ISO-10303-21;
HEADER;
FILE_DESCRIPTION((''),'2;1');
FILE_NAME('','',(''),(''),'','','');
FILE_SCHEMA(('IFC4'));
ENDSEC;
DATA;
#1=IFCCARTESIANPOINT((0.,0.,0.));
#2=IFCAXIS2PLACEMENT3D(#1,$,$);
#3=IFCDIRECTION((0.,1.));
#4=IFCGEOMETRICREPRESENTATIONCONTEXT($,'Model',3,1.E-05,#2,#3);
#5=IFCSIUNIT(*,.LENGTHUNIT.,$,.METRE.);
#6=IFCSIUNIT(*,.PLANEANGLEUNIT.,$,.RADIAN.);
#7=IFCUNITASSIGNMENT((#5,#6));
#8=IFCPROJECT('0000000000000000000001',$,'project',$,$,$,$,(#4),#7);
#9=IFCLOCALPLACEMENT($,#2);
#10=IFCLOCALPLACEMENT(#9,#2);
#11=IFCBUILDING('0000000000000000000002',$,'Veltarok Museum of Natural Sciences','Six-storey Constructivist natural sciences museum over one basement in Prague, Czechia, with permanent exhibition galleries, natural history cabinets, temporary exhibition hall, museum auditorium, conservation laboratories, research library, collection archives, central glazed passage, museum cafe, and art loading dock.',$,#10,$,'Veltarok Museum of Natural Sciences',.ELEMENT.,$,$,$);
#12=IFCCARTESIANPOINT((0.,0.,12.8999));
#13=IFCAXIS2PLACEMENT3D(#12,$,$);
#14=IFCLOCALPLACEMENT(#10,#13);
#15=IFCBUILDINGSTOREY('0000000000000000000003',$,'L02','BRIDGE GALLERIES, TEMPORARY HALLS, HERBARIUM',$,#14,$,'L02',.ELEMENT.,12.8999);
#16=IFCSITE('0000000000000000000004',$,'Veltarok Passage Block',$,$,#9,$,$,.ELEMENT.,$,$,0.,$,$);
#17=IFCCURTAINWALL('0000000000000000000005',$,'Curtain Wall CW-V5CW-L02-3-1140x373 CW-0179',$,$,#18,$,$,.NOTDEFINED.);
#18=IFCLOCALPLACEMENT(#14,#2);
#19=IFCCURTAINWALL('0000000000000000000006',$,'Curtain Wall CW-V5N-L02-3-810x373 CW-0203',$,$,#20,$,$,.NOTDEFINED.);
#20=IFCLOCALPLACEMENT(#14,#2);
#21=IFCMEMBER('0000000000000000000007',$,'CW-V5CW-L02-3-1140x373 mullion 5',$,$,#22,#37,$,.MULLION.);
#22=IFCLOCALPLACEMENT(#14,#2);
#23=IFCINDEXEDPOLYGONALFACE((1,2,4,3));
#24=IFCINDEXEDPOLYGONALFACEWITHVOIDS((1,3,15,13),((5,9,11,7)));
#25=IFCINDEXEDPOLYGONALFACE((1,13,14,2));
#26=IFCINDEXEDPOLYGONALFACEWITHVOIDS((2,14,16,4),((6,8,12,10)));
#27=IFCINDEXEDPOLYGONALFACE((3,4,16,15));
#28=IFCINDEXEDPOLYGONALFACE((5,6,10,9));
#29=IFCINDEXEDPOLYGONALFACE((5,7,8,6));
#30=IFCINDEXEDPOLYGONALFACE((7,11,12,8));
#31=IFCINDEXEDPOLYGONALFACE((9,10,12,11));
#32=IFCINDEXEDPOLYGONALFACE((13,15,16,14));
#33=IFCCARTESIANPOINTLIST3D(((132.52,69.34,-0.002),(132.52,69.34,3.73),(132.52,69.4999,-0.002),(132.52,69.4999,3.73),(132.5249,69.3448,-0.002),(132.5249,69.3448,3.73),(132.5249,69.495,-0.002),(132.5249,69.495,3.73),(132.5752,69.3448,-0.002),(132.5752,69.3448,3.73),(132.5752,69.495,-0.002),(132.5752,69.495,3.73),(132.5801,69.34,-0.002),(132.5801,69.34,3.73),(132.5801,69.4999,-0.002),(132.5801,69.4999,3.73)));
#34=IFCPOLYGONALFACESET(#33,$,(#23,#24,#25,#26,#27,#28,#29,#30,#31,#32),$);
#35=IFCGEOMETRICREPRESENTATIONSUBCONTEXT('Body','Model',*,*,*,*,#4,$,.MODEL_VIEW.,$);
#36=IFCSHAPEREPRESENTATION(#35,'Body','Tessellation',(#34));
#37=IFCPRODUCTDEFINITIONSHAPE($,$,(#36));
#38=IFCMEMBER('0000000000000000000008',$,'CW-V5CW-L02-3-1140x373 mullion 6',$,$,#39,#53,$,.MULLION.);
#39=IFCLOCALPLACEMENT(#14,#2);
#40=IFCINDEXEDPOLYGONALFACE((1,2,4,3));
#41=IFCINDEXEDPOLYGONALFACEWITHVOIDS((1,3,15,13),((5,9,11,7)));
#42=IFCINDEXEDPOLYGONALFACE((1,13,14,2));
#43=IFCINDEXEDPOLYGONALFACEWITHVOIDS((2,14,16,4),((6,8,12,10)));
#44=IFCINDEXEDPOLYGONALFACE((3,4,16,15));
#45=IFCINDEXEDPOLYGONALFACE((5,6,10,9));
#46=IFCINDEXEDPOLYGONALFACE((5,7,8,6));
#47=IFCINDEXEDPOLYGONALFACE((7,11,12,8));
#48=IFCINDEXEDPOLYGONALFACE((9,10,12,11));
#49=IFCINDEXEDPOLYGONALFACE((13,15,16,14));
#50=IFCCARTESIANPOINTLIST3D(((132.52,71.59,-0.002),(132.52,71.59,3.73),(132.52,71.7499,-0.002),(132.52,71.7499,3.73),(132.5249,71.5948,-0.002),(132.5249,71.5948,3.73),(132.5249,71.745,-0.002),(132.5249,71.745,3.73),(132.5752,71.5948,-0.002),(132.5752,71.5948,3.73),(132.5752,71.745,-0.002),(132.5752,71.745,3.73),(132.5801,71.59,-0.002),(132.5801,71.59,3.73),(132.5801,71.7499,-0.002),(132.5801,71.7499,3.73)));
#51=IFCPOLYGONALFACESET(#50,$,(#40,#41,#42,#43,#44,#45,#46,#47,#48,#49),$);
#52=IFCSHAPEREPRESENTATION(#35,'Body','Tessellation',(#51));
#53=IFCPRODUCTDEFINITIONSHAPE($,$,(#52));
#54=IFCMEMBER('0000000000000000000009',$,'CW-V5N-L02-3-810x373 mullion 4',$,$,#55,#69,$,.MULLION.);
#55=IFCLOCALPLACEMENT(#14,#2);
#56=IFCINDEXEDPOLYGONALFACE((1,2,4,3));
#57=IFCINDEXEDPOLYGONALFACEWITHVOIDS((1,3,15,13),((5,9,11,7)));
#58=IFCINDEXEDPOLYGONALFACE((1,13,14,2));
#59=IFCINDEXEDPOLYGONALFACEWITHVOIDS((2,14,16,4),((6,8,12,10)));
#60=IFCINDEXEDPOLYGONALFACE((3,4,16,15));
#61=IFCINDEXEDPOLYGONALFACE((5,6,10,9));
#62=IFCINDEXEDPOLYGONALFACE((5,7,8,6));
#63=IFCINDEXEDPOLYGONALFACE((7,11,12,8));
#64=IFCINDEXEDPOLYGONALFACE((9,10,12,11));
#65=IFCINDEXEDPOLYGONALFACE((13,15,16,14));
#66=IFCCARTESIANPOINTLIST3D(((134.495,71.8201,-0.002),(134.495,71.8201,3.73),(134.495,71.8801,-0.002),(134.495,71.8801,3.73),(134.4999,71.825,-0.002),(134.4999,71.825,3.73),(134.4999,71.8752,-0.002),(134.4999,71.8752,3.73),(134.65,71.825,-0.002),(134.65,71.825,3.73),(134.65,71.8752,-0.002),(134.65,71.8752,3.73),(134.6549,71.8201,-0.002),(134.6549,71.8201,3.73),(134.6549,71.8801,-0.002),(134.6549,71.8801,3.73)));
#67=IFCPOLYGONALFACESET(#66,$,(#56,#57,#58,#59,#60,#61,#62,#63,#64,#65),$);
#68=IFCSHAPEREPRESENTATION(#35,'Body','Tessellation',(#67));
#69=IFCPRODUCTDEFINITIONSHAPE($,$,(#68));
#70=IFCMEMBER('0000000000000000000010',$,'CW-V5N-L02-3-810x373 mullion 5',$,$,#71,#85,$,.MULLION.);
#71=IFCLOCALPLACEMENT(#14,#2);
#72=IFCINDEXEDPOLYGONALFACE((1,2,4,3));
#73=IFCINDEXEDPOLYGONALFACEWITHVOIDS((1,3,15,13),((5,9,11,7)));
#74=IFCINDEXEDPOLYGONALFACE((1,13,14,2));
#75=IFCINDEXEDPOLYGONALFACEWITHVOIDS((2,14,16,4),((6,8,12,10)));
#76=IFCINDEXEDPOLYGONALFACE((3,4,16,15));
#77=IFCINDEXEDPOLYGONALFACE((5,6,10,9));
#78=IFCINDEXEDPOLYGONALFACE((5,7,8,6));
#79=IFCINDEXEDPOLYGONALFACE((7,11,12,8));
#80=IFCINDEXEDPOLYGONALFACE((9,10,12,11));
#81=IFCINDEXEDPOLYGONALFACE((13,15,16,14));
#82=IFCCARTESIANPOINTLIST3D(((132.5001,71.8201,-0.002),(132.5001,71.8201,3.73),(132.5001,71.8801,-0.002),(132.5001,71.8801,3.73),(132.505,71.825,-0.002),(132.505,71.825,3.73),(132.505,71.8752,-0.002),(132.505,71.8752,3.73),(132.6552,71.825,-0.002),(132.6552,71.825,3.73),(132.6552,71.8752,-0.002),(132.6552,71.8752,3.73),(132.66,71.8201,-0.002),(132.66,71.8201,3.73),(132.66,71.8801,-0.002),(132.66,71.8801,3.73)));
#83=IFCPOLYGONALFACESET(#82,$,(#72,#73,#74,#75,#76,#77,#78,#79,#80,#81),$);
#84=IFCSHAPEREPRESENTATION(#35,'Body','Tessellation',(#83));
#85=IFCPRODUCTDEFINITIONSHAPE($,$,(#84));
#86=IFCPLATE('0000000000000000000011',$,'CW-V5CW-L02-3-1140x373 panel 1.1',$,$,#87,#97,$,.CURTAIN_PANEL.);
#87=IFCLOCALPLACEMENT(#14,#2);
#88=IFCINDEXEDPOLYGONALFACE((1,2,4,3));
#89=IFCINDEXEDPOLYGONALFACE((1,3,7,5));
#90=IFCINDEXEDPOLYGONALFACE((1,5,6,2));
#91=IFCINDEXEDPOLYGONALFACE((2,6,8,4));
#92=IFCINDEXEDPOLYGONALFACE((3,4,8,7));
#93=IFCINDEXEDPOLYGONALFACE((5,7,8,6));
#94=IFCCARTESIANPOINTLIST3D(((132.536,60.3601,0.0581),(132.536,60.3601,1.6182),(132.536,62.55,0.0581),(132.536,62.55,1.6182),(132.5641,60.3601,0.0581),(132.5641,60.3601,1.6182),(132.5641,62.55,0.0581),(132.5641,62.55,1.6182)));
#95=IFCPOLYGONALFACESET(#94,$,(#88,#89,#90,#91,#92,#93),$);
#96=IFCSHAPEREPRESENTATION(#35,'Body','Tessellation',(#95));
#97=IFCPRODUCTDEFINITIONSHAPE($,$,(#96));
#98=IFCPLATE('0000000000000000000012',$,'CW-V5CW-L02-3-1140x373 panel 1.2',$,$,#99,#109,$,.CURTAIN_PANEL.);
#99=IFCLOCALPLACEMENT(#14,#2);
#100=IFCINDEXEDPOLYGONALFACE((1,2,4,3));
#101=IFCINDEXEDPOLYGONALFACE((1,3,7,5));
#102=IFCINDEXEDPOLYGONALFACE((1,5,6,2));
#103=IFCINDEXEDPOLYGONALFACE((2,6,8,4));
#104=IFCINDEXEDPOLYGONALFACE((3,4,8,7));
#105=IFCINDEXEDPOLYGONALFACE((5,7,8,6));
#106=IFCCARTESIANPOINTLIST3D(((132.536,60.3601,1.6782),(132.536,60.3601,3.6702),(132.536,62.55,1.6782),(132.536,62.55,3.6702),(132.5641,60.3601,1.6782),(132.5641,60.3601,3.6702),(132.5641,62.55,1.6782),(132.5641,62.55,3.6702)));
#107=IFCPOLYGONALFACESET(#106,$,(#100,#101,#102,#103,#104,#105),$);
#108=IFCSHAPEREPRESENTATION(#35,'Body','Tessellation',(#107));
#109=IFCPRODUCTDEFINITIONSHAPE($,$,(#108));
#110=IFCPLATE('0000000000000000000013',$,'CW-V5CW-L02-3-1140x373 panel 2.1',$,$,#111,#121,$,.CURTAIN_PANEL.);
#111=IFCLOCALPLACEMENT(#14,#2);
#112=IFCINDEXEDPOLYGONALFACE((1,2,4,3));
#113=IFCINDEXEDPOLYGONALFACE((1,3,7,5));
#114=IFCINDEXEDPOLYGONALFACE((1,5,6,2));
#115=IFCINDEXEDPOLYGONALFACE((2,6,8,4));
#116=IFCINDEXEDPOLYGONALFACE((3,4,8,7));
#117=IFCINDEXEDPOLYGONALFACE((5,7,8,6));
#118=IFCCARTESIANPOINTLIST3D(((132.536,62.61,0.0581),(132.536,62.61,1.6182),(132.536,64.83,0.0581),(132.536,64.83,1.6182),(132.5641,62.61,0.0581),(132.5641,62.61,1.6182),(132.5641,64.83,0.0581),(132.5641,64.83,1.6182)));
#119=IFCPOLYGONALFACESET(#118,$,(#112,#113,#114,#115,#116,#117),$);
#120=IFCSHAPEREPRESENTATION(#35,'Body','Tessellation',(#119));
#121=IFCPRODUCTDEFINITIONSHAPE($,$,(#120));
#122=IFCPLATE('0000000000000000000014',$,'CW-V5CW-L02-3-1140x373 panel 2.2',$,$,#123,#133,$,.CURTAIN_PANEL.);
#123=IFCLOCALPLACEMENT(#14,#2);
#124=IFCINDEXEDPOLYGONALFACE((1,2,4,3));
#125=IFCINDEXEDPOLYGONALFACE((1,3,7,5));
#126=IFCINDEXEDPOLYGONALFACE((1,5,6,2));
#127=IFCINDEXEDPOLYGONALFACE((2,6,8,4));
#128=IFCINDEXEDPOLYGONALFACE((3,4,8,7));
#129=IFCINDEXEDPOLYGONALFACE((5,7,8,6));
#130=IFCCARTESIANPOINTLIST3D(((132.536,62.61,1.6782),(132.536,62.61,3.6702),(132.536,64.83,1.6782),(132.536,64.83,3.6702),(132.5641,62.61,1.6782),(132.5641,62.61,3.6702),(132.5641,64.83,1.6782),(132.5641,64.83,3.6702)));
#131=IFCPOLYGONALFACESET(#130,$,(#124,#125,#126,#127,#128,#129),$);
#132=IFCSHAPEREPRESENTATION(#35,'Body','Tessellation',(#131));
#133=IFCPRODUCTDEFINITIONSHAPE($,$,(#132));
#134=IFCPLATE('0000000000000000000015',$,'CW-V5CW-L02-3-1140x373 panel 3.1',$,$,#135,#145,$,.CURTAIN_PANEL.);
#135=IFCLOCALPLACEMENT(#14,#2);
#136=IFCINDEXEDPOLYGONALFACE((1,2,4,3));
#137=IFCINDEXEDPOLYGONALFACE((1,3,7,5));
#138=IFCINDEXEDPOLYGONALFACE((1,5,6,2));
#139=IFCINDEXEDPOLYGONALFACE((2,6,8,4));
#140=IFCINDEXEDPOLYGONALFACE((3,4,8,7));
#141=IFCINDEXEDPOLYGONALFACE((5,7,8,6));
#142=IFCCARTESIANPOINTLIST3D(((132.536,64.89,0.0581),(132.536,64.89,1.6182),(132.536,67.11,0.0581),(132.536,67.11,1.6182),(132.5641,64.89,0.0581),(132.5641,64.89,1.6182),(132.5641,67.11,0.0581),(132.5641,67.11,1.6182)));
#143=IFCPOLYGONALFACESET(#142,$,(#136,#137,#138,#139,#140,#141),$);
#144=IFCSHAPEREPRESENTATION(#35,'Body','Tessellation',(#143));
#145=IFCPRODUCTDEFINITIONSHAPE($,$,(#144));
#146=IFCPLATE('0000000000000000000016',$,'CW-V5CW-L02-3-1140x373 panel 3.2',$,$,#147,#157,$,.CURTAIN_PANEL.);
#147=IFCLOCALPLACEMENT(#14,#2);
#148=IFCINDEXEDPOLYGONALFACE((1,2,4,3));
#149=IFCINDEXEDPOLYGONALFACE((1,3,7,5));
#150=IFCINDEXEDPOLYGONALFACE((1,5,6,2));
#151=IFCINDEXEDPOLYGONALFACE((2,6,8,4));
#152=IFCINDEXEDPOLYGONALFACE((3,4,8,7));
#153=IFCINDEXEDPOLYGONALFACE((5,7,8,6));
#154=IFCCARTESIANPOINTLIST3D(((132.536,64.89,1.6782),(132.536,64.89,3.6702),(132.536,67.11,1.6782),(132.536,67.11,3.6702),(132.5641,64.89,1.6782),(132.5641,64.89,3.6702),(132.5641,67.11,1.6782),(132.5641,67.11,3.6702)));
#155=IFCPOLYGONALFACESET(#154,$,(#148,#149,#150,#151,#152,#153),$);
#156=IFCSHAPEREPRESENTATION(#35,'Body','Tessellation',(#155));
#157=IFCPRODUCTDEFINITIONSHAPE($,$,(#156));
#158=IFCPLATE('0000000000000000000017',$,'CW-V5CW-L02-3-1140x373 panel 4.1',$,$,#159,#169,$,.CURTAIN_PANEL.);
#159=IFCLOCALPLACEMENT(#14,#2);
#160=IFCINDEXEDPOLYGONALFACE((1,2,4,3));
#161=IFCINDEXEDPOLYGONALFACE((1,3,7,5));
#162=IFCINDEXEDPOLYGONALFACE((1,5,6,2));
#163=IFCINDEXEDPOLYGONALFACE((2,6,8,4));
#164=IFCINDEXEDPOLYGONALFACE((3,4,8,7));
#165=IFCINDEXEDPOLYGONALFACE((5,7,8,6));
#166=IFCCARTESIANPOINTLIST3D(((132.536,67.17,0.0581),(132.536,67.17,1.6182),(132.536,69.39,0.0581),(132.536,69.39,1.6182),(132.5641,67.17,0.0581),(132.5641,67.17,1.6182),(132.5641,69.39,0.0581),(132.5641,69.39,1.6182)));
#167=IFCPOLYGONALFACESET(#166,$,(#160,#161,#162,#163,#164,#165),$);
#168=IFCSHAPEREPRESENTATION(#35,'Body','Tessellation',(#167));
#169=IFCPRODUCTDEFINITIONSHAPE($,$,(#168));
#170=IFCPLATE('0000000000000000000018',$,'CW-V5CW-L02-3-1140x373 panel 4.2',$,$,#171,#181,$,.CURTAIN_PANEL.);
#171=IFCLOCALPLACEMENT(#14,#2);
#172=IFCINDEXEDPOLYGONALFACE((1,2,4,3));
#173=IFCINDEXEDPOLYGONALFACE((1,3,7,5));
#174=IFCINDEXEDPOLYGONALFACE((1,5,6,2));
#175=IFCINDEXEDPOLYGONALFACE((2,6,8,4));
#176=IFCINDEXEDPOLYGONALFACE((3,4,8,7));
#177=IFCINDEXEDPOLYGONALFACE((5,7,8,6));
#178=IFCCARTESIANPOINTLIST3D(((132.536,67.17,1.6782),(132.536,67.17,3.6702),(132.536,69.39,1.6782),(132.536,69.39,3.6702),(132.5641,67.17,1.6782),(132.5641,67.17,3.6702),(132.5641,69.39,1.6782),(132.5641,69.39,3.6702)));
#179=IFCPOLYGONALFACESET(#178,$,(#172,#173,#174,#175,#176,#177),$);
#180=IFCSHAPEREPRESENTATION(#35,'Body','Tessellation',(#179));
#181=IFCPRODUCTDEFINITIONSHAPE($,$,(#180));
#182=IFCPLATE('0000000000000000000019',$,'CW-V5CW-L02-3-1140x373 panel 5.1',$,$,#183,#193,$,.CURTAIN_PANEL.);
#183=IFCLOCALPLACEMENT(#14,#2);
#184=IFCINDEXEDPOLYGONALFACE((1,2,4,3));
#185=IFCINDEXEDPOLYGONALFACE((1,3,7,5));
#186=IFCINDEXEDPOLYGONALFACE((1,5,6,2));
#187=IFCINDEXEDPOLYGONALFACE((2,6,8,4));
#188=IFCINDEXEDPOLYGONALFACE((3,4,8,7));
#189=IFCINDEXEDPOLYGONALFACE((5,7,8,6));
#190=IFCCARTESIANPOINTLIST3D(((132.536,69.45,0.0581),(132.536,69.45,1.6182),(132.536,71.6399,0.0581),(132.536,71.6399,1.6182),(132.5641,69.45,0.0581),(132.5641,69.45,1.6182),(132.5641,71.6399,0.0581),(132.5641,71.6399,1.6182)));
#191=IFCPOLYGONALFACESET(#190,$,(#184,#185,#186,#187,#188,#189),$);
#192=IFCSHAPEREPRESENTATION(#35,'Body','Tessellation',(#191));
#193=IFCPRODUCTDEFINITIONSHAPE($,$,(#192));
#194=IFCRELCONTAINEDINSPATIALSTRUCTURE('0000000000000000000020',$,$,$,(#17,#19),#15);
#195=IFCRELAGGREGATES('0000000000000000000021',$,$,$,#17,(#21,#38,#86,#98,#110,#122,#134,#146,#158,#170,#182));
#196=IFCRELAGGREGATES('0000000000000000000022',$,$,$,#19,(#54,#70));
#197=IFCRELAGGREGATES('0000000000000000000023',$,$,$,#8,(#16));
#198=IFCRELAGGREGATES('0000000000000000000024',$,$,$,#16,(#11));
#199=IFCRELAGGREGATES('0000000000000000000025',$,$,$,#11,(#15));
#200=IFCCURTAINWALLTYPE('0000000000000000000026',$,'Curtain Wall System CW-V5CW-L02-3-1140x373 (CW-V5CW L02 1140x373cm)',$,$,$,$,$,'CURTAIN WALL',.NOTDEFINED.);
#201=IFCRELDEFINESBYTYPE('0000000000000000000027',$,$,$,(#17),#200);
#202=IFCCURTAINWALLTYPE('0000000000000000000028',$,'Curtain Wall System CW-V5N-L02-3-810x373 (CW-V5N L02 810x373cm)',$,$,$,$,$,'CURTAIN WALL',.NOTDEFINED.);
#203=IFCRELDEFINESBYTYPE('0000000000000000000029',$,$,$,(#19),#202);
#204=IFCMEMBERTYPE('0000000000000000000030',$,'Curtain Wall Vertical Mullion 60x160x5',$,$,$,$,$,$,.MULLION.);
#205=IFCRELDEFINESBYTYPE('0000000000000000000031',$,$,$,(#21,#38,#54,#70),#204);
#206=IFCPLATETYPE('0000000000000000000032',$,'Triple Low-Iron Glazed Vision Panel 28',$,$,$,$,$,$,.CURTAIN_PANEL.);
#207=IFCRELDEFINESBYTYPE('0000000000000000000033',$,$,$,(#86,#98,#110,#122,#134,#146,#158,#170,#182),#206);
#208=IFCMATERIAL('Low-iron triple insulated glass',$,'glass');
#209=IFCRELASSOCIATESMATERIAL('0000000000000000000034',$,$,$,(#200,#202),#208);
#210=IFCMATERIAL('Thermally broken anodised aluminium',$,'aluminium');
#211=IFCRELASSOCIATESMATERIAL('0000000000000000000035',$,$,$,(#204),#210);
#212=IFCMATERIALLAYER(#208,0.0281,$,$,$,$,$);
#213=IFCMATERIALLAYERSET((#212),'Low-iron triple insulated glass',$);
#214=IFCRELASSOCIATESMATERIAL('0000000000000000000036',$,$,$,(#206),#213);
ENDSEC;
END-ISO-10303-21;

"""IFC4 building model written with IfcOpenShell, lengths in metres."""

from ifc_helpers import new_model, si_unit, direction, frame, origin, origin_2d, place, context, subcontext, project, spatial, rectangle, hollow_rectangle, extrude, material, layer, layer_set, material_profile, profile_set, type_object, element, aggregate, save


model = new_model("IFC4")

# Units and contexts
model_context = context("Model", 3, precision=1e-05, world=origin(), true_north=direction((0.0, 1.0)))
body_context = subcontext(model_context, "Body", "Model", "MODEL_VIEW")
ifc_project = project(units=[si_unit("LENGTHUNIT", "METRE"), si_unit("PLANEANGLEUNIT", "RADIAN")], contexts=[model_context])

# Site, building, storey
site_placement = place(None, origin())
site = spatial("IfcSite", under=ifc_project, at=site_placement, Name="Veltarok Passage Block", CompositionType="ELEMENT", RefElevation=0.0)
building_placement = place(site_placement, origin())
building = spatial("IfcBuilding", under=site, at=building_placement, Name="Veltarok Museum of Natural Sciences", Description="Six-storey Constructivist natural sciences museum over one basement in Prague, Czechia, with permanent exhibition galleries, natural history cabinets, temporary exhibition hall, museum auditorium, conservation laboratories, research library, collection archives, central glazed passage, museum cafe, and art loading dock.", LongName="Veltarok Museum of Natural Sciences", CompositionType="ELEMENT")
storey_placement = place(building_placement, frame((0.0, 0.0, 12.8999)))
storey = spatial("IfcBuildingStorey", under=building, at=storey_placement, Name="L02", Description="BRIDGE GALLERIES, TEMPORARY HALLS, HERBARIUM", LongName="L02", CompositionType="ELEMENT", Elevation=12.8999)

# Curtain walls
ifc_material_1 = material(Name="Low-iron triple insulated glass", Category="glass")
curtain_wall_type_1 = type_object("IfcCurtainWallType", Name="Curtain Wall System CW-V5CW-L02-3-1140x373 (CW-V5CW L02 1140x373cm)", ElementType="CURTAIN WALL", PredefinedType="NOTDEFINED", material=ifc_material_1)
curtain_wall_1_placement = place(storey_placement, origin())
curtain_wall_1 = element("IfcCurtainWall", 1, at=curtain_wall_1_placement, inside=storey, type_object=curtain_wall_type_1, Name="Curtain Wall CW-V5CW-L02-3-1140x373 CW-0179", PredefinedType="NOTDEFINED")
ifc_material_2 = material(Name="Thermally broken anodised aluminium", Category="aluminium")
curtain_wall_type_2 = type_object("IfcCurtainWallType", Name="Curtain Wall System CW-V5N-L02-3-810x373 (CW-V5N L02 810x373cm)", ElementType="CURTAIN WALL", PredefinedType="NOTDEFINED", material=ifc_material_1)
curtain_wall_2_placement = place(storey_placement, origin())
curtain_wall_2 = element("IfcCurtainWall", 2, at=curtain_wall_2_placement, inside=storey, type_object=curtain_wall_type_2, Name="Curtain Wall CW-V5N-L02-3-810x373 CW-0203", PredefinedType="NOTDEFINED")

# Members
ifc_material_profile_1 = material_profile(ifc_material_2, hollow_rectangle(XDim=0.0601, YDim=0.1599, WallThickness=0.0049, at=origin_2d()), Name="CW MULLION 60x160x5")
ifc_profile_set_1 = profile_set([ifc_material_profile_1], Name="Thermally broken anodised aluminium")
member_type_1 = type_object("IfcMemberType", Name="Curtain Wall Vertical Mullion 60x160x5", PredefinedType="MULLION", material=ifc_profile_set_1)
member_1_placement = place(storey_placement, frame((132.55, 69.4199, -0.002), z_axis=(0.0, 0.0, 1.0), x_axis=(-1.0, 0.0, 0.0)))
member_1 = element("IfcMember", 3, at=member_1_placement, type_object=member_type_1, Name="CW-V5CW-L02-3-1140x373 mullion 5", PredefinedType="MULLION", context=body_context, shape_type="SweptSolid", body=[
    extrude(hollow_rectangle(XDim=0.0601, YDim=0.1599, WallThickness=0.0049, at=origin_2d()), origin(), (0.0, 0.0, 1.0), 3.7319),
])
member_2_placement = place(storey_placement, frame((132.55, 71.6699, -0.002), z_axis=(0.0, 0.0, 1.0), x_axis=(-1.0, 0.0, 0.0)))
member_2 = element("IfcMember", 4, at=member_2_placement, type_object=member_type_1, Name="CW-V5CW-L02-3-1140x373 mullion 6", PredefinedType="MULLION", context=body_context, shape_type="SweptSolid", body=[
    extrude(hollow_rectangle(XDim=0.0601, YDim=0.1599, WallThickness=0.0049, at=origin_2d()), origin(), (0.0, 0.0, 1.0), 3.7319),
])
member_3_placement = place(storey_placement, frame((134.575, 71.8501, -0.002), z_axis=(0.0, 0.0, 1.0), x_axis=(0.0, -1.0, 0.0)))
member_3 = element("IfcMember", 5, at=member_3_placement, type_object=member_type_1, Name="CW-V5N-L02-3-810x373 mullion 4", PredefinedType="MULLION", context=body_context, shape_type="SweptSolid", body=[
    extrude(hollow_rectangle(XDim=0.0601, YDim=0.1599, WallThickness=0.0049, at=origin_2d()), origin(), (0.0, 0.0, 1.0), 3.7319),
])
member_4_placement = place(storey_placement, frame((132.5801, 71.8501, -0.002), z_axis=(0.0, 0.0, 1.0), x_axis=(0.0, -1.0, 0.0)))
member_4 = element("IfcMember", 6, at=member_4_placement, type_object=member_type_1, Name="CW-V5N-L02-3-810x373 mullion 5", PredefinedType="MULLION", context=body_context, shape_type="SweptSolid", body=[
    extrude(hollow_rectangle(XDim=0.0601, YDim=0.1599, WallThickness=0.0049, at=origin_2d()), origin(), (0.0, 0.0, 1.0), 3.7319),
])

# Plates
ifc_layer = layer(ifc_material_1, 0.0281)
ifc_layer_set = layer_set([ifc_layer], Name="Low-iron triple insulated glass")
plate_type = type_object("IfcPlateType", Name="Triple Low-Iron Glazed Vision Panel 28", PredefinedType="CURTAIN_PANEL", material=ifc_layer_set)
plate_1_placement = place(storey_placement, frame((132.55, 61.4551, 0.0581), z_axis=(0.0, 0.0, 1.0), x_axis=(0.0, 1.0, 0.0)))
plate_1 = element("IfcPlate", 7, at=plate_1_placement, type_object=plate_type, Name="CW-V5CW-L02-3-1140x373 panel 1.1", PredefinedType="CURTAIN_PANEL", context=body_context, shape_type="SweptSolid", body=[
    extrude(rectangle(XDim=2.1899, YDim=0.0281, at=origin_2d()), origin(), (0.0, 0.0, 1.0), 1.5601),
])
plate_2_placement = place(storey_placement, frame((132.55, 61.4551, 1.6782), z_axis=(0.0, 0.0, 1.0), x_axis=(0.0, 1.0, 0.0)))
plate_2 = element("IfcPlate", 8, at=plate_2_placement, type_object=plate_type, Name="CW-V5CW-L02-3-1140x373 panel 1.2", PredefinedType="CURTAIN_PANEL", context=body_context, shape_type="SweptSolid", body=[
    extrude(rectangle(XDim=2.1899, YDim=0.0281, at=origin_2d()), origin(), (0.0, 0.0, 1.0), 1.9919),
])
plate_3_placement = place(storey_placement, frame((132.55, 63.72, 0.0581), z_axis=(0.0, 0.0, 1.0), x_axis=(0.0, 1.0, 0.0)))
plate_3 = element("IfcPlate", 9, at=plate_3_placement, type_object=plate_type, Name="CW-V5CW-L02-3-1140x373 panel 2.1", PredefinedType="CURTAIN_PANEL", context=body_context, shape_type="SweptSolid", body=[
    extrude(rectangle(XDim=2.22, YDim=0.0281, at=origin_2d()), origin(), (0.0, 0.0, 1.0), 1.5601),
])
plate_4_placement = place(storey_placement, frame((132.55, 63.72, 1.6782), z_axis=(0.0, 0.0, 1.0), x_axis=(0.0, 1.0, 0.0)))
plate_4 = element("IfcPlate", 10, at=plate_4_placement, type_object=plate_type, Name="CW-V5CW-L02-3-1140x373 panel 2.2", PredefinedType="CURTAIN_PANEL", context=body_context, shape_type="SweptSolid", body=[
    extrude(rectangle(XDim=2.22, YDim=0.0281, at=origin_2d()), origin(), (0.0, 0.0, 1.0), 1.9919),
])
plate_5_placement = place(storey_placement, frame((132.55, 66.0, 0.0581), z_axis=(0.0, 0.0, 1.0), x_axis=(0.0, 1.0, 0.0)))
plate_5 = element("IfcPlate", 11, at=plate_5_placement, type_object=plate_type, Name="CW-V5CW-L02-3-1140x373 panel 3.1", PredefinedType="CURTAIN_PANEL", context=body_context, shape_type="SweptSolid", body=[
    extrude(rectangle(XDim=2.22, YDim=0.0281, at=origin_2d()), origin(), (0.0, 0.0, 1.0), 1.5601),
])
plate_6_placement = place(storey_placement, frame((132.55, 66.0, 1.6782), z_axis=(0.0, 0.0, 1.0), x_axis=(0.0, 1.0, 0.0)))
plate_6 = element("IfcPlate", 12, at=plate_6_placement, type_object=plate_type, Name="CW-V5CW-L02-3-1140x373 panel 3.2", PredefinedType="CURTAIN_PANEL", context=body_context, shape_type="SweptSolid", body=[
    extrude(rectangle(XDim=2.22, YDim=0.0281, at=origin_2d()), origin(), (0.0, 0.0, 1.0), 1.9919),
])
plate_7_placement = place(storey_placement, frame((132.55, 68.28, 0.0581), z_axis=(0.0, 0.0, 1.0), x_axis=(0.0, 1.0, 0.0)))
plate_7 = element("IfcPlate", 13, at=plate_7_placement, type_object=plate_type, Name="CW-V5CW-L02-3-1140x373 panel 4.1", PredefinedType="CURTAIN_PANEL", context=body_context, shape_type="SweptSolid", body=[
    extrude(rectangle(XDim=2.22, YDim=0.0281, at=origin_2d()), origin(), (0.0, 0.0, 1.0), 1.5601),
])
plate_8_placement = place(storey_placement, frame((132.55, 68.28, 1.6782), z_axis=(0.0, 0.0, 1.0), x_axis=(0.0, 1.0, 0.0)))
plate_8 = element("IfcPlate", 14, at=plate_8_placement, type_object=plate_type, Name="CW-V5CW-L02-3-1140x373 panel 4.2", PredefinedType="CURTAIN_PANEL", context=body_context, shape_type="SweptSolid", body=[
    extrude(rectangle(XDim=2.22, YDim=0.0281, at=origin_2d()), origin(), (0.0, 0.0, 1.0), 1.9919),
])
plate_9_placement = place(storey_placement, frame((132.55, 70.5449, 0.0581), z_axis=(0.0, 0.0, 1.0), x_axis=(0.0, 1.0, 0.0)))
plate_9 = element("IfcPlate", 15, at=plate_9_placement, type_object=plate_type, Name="CW-V5CW-L02-3-1140x373 panel 5.1", PredefinedType="CURTAIN_PANEL", context=body_context, shape_type="SweptSolid", body=[
    extrude(rectangle(XDim=2.1899, YDim=0.0281, at=origin_2d()), origin(), (0.0, 0.0, 1.0), 1.5601),
])
aggregate(curtain_wall_1, [member_1, member_2, plate_1, plate_2, plate_3, plate_4, plate_5, plate_6, plate_7, plate_8, plate_9])
aggregate(curtain_wall_2, [member_3, member_4])

save(model, "model.ifc")
